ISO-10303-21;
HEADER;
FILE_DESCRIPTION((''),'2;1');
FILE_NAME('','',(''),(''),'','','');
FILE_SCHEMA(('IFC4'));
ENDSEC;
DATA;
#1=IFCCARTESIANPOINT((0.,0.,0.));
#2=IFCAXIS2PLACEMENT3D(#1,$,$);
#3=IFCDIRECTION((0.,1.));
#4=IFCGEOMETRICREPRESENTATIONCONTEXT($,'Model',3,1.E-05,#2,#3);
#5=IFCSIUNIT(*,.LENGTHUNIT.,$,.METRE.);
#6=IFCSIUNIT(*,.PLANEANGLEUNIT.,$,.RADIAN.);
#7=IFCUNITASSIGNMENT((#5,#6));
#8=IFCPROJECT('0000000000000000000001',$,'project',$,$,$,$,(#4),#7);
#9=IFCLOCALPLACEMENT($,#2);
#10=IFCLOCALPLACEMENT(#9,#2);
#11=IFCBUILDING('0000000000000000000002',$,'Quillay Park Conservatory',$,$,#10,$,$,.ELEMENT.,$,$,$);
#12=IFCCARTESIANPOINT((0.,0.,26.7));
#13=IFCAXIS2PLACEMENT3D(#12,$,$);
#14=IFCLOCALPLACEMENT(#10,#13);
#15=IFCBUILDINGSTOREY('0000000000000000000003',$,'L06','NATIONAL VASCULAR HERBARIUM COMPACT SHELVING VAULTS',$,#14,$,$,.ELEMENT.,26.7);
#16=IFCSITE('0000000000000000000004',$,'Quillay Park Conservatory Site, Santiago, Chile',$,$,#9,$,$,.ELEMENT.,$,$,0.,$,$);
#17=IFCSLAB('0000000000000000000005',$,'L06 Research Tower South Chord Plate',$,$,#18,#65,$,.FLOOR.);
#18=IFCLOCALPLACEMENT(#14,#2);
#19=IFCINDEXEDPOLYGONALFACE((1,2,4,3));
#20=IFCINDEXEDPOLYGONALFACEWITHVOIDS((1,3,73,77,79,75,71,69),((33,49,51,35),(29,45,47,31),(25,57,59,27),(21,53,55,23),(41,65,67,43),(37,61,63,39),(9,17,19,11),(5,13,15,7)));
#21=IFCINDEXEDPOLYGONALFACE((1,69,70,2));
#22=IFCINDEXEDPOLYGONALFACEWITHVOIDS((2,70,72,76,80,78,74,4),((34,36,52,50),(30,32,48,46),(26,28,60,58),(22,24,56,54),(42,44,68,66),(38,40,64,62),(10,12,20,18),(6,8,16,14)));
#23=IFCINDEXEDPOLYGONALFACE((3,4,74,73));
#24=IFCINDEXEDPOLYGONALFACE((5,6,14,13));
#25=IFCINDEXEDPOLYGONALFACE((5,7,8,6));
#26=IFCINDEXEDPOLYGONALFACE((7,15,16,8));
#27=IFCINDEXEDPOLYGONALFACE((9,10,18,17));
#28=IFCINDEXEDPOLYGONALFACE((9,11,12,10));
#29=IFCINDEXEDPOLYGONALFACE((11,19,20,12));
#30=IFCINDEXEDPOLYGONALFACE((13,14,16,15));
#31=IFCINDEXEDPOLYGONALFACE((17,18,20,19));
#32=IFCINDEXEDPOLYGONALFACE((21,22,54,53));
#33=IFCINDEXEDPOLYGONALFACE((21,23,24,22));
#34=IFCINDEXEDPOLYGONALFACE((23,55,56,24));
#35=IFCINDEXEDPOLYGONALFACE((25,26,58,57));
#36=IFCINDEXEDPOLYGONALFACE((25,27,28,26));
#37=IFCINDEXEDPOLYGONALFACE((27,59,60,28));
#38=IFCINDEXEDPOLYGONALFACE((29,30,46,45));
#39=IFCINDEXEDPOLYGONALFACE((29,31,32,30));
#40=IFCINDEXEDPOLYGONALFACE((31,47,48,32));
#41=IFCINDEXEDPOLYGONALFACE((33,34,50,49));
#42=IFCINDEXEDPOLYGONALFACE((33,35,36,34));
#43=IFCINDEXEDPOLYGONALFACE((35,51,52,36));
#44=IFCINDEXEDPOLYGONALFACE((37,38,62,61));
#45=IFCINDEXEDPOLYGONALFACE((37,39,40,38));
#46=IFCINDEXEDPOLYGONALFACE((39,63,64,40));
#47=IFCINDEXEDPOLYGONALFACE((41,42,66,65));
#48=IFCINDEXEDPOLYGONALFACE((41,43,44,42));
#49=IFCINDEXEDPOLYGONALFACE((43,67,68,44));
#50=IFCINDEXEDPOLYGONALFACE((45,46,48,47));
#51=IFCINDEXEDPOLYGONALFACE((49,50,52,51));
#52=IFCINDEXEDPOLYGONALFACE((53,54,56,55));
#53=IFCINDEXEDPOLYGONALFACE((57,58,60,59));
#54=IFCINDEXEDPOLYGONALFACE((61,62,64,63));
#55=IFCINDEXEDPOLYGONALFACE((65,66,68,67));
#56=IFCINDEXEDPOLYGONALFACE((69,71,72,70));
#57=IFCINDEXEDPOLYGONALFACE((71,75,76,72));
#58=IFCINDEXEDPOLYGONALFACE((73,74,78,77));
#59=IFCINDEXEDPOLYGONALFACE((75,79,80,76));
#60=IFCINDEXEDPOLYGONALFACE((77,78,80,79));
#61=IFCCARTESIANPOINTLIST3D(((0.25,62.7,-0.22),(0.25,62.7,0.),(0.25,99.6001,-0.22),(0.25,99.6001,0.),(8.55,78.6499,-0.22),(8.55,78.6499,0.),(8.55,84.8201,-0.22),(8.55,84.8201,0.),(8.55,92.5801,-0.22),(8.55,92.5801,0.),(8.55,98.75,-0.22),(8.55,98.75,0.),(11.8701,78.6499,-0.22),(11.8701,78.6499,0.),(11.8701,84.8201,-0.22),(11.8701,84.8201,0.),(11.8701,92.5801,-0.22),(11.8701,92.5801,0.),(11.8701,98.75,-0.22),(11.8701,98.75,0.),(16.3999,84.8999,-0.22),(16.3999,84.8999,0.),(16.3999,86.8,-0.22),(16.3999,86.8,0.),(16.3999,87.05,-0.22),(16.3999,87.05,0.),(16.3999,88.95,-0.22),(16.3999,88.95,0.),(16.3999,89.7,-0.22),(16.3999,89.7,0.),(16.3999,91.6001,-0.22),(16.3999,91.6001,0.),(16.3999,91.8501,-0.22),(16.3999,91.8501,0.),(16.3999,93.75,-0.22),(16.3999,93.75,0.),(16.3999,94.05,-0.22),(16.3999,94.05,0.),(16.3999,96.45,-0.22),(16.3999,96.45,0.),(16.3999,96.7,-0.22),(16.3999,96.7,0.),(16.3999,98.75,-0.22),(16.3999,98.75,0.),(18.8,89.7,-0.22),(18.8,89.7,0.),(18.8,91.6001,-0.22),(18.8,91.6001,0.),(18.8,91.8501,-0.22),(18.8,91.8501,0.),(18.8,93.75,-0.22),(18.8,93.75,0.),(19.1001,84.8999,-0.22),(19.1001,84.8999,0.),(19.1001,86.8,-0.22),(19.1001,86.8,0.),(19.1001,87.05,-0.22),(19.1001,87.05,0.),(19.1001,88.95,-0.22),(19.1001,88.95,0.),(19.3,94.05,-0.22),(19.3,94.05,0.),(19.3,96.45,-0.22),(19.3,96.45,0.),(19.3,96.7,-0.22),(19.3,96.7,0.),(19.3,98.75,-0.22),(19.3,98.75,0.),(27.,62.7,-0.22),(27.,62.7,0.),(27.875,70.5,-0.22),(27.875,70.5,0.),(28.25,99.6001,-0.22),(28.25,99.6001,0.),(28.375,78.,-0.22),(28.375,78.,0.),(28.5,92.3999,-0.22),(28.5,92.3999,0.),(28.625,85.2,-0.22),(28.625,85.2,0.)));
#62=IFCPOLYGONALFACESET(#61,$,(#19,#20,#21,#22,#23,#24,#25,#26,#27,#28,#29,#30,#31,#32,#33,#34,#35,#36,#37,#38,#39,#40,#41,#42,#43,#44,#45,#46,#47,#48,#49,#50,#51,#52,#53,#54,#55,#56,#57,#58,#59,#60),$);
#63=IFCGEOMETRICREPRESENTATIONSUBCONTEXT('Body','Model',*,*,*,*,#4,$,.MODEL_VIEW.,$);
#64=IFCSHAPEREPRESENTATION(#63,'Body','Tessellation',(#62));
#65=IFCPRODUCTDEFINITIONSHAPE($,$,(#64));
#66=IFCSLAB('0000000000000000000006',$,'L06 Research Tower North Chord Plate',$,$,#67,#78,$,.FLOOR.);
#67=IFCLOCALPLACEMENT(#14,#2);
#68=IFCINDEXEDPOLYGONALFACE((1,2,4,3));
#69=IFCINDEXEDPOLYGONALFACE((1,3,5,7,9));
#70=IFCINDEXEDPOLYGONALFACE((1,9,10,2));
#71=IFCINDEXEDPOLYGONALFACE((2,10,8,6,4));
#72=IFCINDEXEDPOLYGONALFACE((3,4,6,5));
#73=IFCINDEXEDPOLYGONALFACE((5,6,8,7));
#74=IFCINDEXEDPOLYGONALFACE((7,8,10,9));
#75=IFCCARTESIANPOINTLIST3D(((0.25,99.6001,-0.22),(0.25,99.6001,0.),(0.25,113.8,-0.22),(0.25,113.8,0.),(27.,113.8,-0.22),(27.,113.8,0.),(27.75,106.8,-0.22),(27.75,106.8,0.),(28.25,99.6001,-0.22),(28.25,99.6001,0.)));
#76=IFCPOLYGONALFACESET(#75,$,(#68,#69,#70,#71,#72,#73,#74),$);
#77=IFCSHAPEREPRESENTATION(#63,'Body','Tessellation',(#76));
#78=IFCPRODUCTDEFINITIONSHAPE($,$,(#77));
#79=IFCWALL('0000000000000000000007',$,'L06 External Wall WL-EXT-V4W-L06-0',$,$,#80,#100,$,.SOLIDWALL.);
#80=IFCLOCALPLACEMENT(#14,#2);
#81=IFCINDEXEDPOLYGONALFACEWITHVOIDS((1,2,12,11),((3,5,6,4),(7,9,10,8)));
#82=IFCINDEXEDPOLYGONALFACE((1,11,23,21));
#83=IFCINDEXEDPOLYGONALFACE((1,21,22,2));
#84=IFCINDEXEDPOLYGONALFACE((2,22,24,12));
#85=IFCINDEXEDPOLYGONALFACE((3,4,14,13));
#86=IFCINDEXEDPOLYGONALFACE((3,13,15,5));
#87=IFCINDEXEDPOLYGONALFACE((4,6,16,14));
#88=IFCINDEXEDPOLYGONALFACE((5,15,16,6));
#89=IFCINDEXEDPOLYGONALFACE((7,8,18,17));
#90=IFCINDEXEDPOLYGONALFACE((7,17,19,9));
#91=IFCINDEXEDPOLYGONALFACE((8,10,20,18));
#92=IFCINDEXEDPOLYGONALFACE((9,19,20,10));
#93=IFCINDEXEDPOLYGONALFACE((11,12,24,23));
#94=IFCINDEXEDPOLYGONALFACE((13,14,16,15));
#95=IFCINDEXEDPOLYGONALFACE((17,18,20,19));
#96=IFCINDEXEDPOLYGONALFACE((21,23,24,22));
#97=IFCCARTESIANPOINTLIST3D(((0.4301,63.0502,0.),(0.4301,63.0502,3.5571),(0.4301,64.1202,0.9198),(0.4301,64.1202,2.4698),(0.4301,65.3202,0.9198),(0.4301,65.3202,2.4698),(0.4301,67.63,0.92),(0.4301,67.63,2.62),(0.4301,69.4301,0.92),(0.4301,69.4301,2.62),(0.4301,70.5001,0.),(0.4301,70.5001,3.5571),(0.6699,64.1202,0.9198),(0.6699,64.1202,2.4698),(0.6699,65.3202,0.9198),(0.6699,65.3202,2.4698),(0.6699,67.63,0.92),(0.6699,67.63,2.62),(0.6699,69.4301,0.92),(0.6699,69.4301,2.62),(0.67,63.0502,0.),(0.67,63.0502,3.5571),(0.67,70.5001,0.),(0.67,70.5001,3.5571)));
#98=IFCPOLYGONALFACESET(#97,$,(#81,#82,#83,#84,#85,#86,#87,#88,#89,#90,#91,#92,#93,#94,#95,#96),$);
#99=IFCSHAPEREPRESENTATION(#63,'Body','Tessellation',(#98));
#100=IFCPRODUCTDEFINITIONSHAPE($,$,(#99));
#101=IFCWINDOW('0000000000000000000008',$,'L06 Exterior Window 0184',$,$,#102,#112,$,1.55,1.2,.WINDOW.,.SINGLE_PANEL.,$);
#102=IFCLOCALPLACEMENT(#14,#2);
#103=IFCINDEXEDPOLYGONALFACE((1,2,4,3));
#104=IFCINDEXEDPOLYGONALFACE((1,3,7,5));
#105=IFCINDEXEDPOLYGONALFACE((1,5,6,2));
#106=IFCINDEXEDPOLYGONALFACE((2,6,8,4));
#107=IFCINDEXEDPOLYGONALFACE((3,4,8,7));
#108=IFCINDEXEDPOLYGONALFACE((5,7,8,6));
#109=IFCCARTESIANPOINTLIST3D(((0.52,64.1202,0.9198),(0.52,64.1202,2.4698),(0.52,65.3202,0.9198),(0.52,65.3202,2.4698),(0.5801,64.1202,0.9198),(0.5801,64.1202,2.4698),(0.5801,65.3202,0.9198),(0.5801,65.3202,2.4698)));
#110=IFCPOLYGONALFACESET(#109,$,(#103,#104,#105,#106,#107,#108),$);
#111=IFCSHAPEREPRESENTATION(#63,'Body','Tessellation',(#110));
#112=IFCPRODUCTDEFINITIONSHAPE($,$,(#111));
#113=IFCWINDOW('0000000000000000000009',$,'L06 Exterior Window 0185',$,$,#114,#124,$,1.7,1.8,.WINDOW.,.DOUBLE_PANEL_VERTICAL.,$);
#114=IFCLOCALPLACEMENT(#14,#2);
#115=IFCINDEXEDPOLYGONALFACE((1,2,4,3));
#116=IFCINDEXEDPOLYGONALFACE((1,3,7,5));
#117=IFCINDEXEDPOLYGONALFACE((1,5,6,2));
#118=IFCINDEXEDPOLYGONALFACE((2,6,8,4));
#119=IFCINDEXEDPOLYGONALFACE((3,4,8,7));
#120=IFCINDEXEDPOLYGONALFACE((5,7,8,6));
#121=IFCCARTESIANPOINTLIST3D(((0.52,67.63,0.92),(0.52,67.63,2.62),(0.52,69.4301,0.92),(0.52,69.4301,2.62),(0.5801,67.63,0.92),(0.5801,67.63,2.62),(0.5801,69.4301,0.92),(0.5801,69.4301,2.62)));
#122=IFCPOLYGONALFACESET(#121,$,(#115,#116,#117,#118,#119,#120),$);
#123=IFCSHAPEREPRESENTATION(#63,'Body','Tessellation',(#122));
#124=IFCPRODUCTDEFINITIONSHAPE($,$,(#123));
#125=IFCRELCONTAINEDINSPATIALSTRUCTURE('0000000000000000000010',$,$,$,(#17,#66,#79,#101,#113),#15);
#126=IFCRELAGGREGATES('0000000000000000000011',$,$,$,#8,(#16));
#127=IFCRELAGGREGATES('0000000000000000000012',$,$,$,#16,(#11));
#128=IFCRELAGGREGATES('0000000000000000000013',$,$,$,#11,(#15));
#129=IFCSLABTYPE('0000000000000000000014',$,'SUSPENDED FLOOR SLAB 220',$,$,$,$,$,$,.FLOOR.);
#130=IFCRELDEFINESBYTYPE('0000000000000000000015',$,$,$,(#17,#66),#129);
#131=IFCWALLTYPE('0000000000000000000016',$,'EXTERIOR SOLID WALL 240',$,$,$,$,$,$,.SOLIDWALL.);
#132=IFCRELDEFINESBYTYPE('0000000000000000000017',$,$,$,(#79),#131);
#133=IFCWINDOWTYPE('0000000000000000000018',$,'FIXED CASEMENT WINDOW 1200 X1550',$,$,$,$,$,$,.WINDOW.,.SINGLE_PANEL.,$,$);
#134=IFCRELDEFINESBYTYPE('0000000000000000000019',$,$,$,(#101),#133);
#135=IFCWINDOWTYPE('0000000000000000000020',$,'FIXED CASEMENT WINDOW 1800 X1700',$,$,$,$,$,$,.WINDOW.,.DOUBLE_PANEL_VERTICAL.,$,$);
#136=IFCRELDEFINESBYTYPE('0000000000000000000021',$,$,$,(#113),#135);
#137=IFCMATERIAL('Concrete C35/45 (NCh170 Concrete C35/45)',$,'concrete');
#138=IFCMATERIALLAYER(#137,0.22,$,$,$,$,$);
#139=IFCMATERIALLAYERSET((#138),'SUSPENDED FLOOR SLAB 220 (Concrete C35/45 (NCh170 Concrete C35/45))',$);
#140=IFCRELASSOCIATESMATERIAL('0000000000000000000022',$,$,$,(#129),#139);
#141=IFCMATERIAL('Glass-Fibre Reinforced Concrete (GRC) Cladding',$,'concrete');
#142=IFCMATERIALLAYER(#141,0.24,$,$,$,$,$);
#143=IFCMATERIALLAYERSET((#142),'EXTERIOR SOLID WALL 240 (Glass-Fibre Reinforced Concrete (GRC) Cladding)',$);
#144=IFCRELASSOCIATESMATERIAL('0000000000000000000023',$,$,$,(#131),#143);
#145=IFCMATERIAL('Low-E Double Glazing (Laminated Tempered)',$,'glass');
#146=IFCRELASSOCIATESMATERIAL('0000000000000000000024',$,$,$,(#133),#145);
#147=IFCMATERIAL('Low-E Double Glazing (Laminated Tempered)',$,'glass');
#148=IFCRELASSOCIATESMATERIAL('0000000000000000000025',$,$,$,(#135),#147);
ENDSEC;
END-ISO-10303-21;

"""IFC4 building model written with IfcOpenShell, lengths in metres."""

from ifc_helpers import new_model, si_unit, direction, frame, frame_2d, origin, place, context, subcontext, project, spatial, polyline, rectangle, outline, extrude, material, layer, layer_set, type_object, element, fill, save


model = new_model("IFC4")

# Units and contexts
model_context = context("Model", 3, precision=1e-05, world=origin(), true_north=direction((0.0, 1.0)))
body_context = subcontext(model_context, "Body", "Model", "MODEL_VIEW")
ifc_project = project(units=[si_unit("LENGTHUNIT", "METRE"), si_unit("PLANEANGLEUNIT", "RADIAN")], contexts=[model_context])

# Site, building, storey
site_placement = place(None, origin())
site = spatial("IfcSite", under=ifc_project, at=site_placement, Name="Quillay Park Conservatory Site, Santiago, Chile", CompositionType="ELEMENT", RefElevation=0.0)
building_placement = place(site_placement, origin())
building = spatial("IfcBuilding", under=site, at=building_placement, Name="Quillay Park Conservatory", CompositionType="ELEMENT")
storey_placement = place(building_placement, frame((0.0, 0.0, 26.7)))
storey = spatial("IfcBuildingStorey", under=building, at=storey_placement, Name="L06", Description="NATIONAL VASCULAR HERBARIUM COMPACT SHELVING VAULTS", CompositionType="ELEMENT", Elevation=26.7)

# Slabs
ifc_material_1 = material(Name="Concrete C35/45 (NCh170 Concrete C35/45)", Category="concrete")
ifc_layer_1 = layer(ifc_material_1, 0.22)
ifc_layer_set_1 = layer_set([ifc_layer_1], Name="SUSPENDED FLOOR SLAB 220 (Concrete C35/45 (NCh170 Concrete C35/45))")
slab_type_1 = type_object("IfcSlabType", Name="SUSPENDED FLOOR SLAB 220", PredefinedType="FLOOR", material=ifc_layer_set_1)
slab_1_placement = place(storey_placement, frame((0.0, 0.0, -0.22)))
element("IfcSlab", 1, at=slab_1_placement, inside=storey, type_object=slab_type_1, Name="L06 Research Tower South Chord Plate", PredefinedType="FLOOR", context=body_context, shape_type="SweptSolid", body=[
    extrude(outline(polyline([(0.25, 62.7), (27.0, 62.7), (27.875, 70.5), (28.375, 78.0), (28.625, 85.2), (28.5, 92.3999), (28.25, 99.6001), (0.25, 99.6001), (0.25, 62.7)]), holes=[polyline([(8.55, 92.5801), (11.8701, 92.5801), (11.8701, 98.75), (8.55, 98.75), (8.55, 92.5801)]), polyline([(8.55, 78.6499), (11.8701, 78.6499), (11.8701, 84.8201), (8.55, 84.8201), (8.55, 78.6499)]), polyline([(16.3999, 84.8999), (19.1001, 84.8999), (19.1001, 86.8), (16.3999, 86.8), (16.3999, 84.8999)]), polyline([(16.3999, 87.05), (19.1001, 87.05), (19.1001, 88.95), (16.3999, 88.95), (16.3999, 87.05)]), polyline([(16.3999, 89.7), (18.8, 89.7), (18.8, 91.6001), (16.3999, 91.6001), (16.3999, 89.7)]), polyline([(16.3999, 91.8501), (18.8, 91.8501), (18.8, 93.75), (16.3999, 93.75), (16.3999, 91.8501)]), polyline([(16.3999, 94.05), (19.3, 94.05), (19.3, 96.45), (16.3999, 96.45), (16.3999, 94.05)]), polyline([(16.3999, 96.7), (19.3, 96.7), (19.3, 98.75), (16.3999, 98.75), (16.3999, 96.7)])]), origin(), (0.0, 0.0, 1.0), 0.22),
])
slab_2_placement = place(storey_placement, frame((0.0, 0.0, -0.22)))
element("IfcSlab", 2, at=slab_2_placement, inside=storey, type_object=slab_type_1, Name="L06 Research Tower North Chord Plate", PredefinedType="FLOOR", context=body_context, shape_type="SweptSolid", body=[
    extrude(outline(polyline([(0.25, 99.6001), (28.25, 99.6001), (27.75, 106.8), (27.0, 113.8), (0.25, 113.8), (0.25, 99.6001)])), origin(), (0.0, 0.0, 1.0), 0.22),
])

# Wall, openings, windows
ifc_material_2 = material(Name="Glass-Fibre Reinforced Concrete (GRC) Cladding", Category="concrete")
ifc_layer_2 = layer(ifc_material_2, 0.24)
ifc_layer_set_2 = layer_set([ifc_layer_2], Name="EXTERIOR SOLID WALL 240 (Glass-Fibre Reinforced Concrete (GRC) Cladding)")
wall_type = type_object("IfcWallType", Name="EXTERIOR SOLID WALL 240", PredefinedType="SOLIDWALL", material=ifc_layer_set_2)
wall_1_placement = place(storey_placement, frame((0.55, 63.05, 0.0), z_axis=(0.0, 0.0, 1.0), x_axis=(0.0, 1.0, 0.0)))
wall_1 = element("IfcWall", 3, at=wall_1_placement, inside=storey, type_object=wall_type, Name="L06 External Wall WL-EXT-V4W-L06-0", PredefinedType="SOLIDWALL", context=body_context, shape_type="SweptSolid", body=[
    extrude(rectangle(XDim=7.45, YDim=0.24, at=frame_2d((3.7251, 0.0))), origin(), (0.0, 0.0, 1.0), 3.5571),
])
opening_1_placement = place(wall_1_placement, frame((1.0701, 0.0, 0.9199)))
opening_1 = element("IfcOpeningElement", 4, at=opening_1_placement, cuts=wall_1, PredefinedType="OPENING", context=body_context, shape_type="SweptSolid", body=[
    extrude(rectangle(XDim=1.2, YDim=1.55, at=frame_2d((0.6001, 0.7749))), frame((0.0, 0.1201, 0.0), z_axis=(0.0, -1.0, 0.0), x_axis=(1.0, 0.0, 0.0)), (0.0, 0.0, 1.0), 0.24),
])
opening_2_placement = place(wall_1_placement, frame((4.5801, 0.0, 0.9199)))
opening_2 = element("IfcOpeningElement", 5, at=opening_2_placement, cuts=wall_1, PredefinedType="OPENING", context=body_context, shape_type="SweptSolid", body=[
    extrude(rectangle(XDim=1.8, YDim=1.7, at=frame_2d((0.8999, 0.8501))), frame((0.0, 0.1201, 0.0), z_axis=(0.0, -1.0, 0.0), x_axis=(1.0, 0.0, 0.0)), (0.0, 0.0, 1.0), 0.24),
])
ifc_material_3 = material(Name="Low-E Double Glazing (Laminated Tempered)", Category="glass")
window_type_1 = type_object("IfcWindowType", Name="FIXED CASEMENT WINDOW 1200 X1550", PartitioningType="SINGLE_PANEL", PredefinedType="WINDOW", material=ifc_material_3)
window_1_placement = place(opening_1_placement, origin())
window_1 = element("IfcWindow", 6, at=window_1_placement, inside=storey, type_object=window_type_1, Name="L06 Exterior Window 0184", OverallHeight=1.55, OverallWidth=1.2, PartitioningType="SINGLE_PANEL", PredefinedType="WINDOW", context=body_context, shape_type="SweptSolid", body=[
    extrude(rectangle(XDim=1.2, YDim=1.55, at=frame_2d((0.6001, 0.7749))), frame((0.0, 0.03, 0.0), z_axis=(0.0, -1.0, 0.0), x_axis=(1.0, 0.0, 0.0)), (0.0, 0.0, 1.0), 0.0601),
])
fill(opening_1, window_1)
ifc_material_4 = material(Name="Low-E Double Glazing (Laminated Tempered)", Category="glass")
window_type_2 = type_object("IfcWindowType", Name="FIXED CASEMENT WINDOW 1800 X1700", PartitioningType="DOUBLE_PANEL_VERTICAL", PredefinedType="WINDOW", material=ifc_material_4)
window_2_placement = place(opening_2_placement, origin())
window_2 = element("IfcWindow", 7, at=window_2_placement, inside=storey, type_object=window_type_2, Name="L06 Exterior Window 0185", OverallHeight=1.7, OverallWidth=1.8, PartitioningType="DOUBLE_PANEL_VERTICAL", PredefinedType="WINDOW", context=body_context, shape_type="SweptSolid", body=[
    extrude(rectangle(XDim=1.8, YDim=1.7, at=frame_2d((0.8999, 0.8501))), frame((0.0, 0.03, 0.0), z_axis=(0.0, -1.0, 0.0), x_axis=(1.0, 0.0, 0.0)), (0.0, 0.0, 1.0), 0.0601),
])
fill(opening_2, window_2)

save(model, "model.ifc")
